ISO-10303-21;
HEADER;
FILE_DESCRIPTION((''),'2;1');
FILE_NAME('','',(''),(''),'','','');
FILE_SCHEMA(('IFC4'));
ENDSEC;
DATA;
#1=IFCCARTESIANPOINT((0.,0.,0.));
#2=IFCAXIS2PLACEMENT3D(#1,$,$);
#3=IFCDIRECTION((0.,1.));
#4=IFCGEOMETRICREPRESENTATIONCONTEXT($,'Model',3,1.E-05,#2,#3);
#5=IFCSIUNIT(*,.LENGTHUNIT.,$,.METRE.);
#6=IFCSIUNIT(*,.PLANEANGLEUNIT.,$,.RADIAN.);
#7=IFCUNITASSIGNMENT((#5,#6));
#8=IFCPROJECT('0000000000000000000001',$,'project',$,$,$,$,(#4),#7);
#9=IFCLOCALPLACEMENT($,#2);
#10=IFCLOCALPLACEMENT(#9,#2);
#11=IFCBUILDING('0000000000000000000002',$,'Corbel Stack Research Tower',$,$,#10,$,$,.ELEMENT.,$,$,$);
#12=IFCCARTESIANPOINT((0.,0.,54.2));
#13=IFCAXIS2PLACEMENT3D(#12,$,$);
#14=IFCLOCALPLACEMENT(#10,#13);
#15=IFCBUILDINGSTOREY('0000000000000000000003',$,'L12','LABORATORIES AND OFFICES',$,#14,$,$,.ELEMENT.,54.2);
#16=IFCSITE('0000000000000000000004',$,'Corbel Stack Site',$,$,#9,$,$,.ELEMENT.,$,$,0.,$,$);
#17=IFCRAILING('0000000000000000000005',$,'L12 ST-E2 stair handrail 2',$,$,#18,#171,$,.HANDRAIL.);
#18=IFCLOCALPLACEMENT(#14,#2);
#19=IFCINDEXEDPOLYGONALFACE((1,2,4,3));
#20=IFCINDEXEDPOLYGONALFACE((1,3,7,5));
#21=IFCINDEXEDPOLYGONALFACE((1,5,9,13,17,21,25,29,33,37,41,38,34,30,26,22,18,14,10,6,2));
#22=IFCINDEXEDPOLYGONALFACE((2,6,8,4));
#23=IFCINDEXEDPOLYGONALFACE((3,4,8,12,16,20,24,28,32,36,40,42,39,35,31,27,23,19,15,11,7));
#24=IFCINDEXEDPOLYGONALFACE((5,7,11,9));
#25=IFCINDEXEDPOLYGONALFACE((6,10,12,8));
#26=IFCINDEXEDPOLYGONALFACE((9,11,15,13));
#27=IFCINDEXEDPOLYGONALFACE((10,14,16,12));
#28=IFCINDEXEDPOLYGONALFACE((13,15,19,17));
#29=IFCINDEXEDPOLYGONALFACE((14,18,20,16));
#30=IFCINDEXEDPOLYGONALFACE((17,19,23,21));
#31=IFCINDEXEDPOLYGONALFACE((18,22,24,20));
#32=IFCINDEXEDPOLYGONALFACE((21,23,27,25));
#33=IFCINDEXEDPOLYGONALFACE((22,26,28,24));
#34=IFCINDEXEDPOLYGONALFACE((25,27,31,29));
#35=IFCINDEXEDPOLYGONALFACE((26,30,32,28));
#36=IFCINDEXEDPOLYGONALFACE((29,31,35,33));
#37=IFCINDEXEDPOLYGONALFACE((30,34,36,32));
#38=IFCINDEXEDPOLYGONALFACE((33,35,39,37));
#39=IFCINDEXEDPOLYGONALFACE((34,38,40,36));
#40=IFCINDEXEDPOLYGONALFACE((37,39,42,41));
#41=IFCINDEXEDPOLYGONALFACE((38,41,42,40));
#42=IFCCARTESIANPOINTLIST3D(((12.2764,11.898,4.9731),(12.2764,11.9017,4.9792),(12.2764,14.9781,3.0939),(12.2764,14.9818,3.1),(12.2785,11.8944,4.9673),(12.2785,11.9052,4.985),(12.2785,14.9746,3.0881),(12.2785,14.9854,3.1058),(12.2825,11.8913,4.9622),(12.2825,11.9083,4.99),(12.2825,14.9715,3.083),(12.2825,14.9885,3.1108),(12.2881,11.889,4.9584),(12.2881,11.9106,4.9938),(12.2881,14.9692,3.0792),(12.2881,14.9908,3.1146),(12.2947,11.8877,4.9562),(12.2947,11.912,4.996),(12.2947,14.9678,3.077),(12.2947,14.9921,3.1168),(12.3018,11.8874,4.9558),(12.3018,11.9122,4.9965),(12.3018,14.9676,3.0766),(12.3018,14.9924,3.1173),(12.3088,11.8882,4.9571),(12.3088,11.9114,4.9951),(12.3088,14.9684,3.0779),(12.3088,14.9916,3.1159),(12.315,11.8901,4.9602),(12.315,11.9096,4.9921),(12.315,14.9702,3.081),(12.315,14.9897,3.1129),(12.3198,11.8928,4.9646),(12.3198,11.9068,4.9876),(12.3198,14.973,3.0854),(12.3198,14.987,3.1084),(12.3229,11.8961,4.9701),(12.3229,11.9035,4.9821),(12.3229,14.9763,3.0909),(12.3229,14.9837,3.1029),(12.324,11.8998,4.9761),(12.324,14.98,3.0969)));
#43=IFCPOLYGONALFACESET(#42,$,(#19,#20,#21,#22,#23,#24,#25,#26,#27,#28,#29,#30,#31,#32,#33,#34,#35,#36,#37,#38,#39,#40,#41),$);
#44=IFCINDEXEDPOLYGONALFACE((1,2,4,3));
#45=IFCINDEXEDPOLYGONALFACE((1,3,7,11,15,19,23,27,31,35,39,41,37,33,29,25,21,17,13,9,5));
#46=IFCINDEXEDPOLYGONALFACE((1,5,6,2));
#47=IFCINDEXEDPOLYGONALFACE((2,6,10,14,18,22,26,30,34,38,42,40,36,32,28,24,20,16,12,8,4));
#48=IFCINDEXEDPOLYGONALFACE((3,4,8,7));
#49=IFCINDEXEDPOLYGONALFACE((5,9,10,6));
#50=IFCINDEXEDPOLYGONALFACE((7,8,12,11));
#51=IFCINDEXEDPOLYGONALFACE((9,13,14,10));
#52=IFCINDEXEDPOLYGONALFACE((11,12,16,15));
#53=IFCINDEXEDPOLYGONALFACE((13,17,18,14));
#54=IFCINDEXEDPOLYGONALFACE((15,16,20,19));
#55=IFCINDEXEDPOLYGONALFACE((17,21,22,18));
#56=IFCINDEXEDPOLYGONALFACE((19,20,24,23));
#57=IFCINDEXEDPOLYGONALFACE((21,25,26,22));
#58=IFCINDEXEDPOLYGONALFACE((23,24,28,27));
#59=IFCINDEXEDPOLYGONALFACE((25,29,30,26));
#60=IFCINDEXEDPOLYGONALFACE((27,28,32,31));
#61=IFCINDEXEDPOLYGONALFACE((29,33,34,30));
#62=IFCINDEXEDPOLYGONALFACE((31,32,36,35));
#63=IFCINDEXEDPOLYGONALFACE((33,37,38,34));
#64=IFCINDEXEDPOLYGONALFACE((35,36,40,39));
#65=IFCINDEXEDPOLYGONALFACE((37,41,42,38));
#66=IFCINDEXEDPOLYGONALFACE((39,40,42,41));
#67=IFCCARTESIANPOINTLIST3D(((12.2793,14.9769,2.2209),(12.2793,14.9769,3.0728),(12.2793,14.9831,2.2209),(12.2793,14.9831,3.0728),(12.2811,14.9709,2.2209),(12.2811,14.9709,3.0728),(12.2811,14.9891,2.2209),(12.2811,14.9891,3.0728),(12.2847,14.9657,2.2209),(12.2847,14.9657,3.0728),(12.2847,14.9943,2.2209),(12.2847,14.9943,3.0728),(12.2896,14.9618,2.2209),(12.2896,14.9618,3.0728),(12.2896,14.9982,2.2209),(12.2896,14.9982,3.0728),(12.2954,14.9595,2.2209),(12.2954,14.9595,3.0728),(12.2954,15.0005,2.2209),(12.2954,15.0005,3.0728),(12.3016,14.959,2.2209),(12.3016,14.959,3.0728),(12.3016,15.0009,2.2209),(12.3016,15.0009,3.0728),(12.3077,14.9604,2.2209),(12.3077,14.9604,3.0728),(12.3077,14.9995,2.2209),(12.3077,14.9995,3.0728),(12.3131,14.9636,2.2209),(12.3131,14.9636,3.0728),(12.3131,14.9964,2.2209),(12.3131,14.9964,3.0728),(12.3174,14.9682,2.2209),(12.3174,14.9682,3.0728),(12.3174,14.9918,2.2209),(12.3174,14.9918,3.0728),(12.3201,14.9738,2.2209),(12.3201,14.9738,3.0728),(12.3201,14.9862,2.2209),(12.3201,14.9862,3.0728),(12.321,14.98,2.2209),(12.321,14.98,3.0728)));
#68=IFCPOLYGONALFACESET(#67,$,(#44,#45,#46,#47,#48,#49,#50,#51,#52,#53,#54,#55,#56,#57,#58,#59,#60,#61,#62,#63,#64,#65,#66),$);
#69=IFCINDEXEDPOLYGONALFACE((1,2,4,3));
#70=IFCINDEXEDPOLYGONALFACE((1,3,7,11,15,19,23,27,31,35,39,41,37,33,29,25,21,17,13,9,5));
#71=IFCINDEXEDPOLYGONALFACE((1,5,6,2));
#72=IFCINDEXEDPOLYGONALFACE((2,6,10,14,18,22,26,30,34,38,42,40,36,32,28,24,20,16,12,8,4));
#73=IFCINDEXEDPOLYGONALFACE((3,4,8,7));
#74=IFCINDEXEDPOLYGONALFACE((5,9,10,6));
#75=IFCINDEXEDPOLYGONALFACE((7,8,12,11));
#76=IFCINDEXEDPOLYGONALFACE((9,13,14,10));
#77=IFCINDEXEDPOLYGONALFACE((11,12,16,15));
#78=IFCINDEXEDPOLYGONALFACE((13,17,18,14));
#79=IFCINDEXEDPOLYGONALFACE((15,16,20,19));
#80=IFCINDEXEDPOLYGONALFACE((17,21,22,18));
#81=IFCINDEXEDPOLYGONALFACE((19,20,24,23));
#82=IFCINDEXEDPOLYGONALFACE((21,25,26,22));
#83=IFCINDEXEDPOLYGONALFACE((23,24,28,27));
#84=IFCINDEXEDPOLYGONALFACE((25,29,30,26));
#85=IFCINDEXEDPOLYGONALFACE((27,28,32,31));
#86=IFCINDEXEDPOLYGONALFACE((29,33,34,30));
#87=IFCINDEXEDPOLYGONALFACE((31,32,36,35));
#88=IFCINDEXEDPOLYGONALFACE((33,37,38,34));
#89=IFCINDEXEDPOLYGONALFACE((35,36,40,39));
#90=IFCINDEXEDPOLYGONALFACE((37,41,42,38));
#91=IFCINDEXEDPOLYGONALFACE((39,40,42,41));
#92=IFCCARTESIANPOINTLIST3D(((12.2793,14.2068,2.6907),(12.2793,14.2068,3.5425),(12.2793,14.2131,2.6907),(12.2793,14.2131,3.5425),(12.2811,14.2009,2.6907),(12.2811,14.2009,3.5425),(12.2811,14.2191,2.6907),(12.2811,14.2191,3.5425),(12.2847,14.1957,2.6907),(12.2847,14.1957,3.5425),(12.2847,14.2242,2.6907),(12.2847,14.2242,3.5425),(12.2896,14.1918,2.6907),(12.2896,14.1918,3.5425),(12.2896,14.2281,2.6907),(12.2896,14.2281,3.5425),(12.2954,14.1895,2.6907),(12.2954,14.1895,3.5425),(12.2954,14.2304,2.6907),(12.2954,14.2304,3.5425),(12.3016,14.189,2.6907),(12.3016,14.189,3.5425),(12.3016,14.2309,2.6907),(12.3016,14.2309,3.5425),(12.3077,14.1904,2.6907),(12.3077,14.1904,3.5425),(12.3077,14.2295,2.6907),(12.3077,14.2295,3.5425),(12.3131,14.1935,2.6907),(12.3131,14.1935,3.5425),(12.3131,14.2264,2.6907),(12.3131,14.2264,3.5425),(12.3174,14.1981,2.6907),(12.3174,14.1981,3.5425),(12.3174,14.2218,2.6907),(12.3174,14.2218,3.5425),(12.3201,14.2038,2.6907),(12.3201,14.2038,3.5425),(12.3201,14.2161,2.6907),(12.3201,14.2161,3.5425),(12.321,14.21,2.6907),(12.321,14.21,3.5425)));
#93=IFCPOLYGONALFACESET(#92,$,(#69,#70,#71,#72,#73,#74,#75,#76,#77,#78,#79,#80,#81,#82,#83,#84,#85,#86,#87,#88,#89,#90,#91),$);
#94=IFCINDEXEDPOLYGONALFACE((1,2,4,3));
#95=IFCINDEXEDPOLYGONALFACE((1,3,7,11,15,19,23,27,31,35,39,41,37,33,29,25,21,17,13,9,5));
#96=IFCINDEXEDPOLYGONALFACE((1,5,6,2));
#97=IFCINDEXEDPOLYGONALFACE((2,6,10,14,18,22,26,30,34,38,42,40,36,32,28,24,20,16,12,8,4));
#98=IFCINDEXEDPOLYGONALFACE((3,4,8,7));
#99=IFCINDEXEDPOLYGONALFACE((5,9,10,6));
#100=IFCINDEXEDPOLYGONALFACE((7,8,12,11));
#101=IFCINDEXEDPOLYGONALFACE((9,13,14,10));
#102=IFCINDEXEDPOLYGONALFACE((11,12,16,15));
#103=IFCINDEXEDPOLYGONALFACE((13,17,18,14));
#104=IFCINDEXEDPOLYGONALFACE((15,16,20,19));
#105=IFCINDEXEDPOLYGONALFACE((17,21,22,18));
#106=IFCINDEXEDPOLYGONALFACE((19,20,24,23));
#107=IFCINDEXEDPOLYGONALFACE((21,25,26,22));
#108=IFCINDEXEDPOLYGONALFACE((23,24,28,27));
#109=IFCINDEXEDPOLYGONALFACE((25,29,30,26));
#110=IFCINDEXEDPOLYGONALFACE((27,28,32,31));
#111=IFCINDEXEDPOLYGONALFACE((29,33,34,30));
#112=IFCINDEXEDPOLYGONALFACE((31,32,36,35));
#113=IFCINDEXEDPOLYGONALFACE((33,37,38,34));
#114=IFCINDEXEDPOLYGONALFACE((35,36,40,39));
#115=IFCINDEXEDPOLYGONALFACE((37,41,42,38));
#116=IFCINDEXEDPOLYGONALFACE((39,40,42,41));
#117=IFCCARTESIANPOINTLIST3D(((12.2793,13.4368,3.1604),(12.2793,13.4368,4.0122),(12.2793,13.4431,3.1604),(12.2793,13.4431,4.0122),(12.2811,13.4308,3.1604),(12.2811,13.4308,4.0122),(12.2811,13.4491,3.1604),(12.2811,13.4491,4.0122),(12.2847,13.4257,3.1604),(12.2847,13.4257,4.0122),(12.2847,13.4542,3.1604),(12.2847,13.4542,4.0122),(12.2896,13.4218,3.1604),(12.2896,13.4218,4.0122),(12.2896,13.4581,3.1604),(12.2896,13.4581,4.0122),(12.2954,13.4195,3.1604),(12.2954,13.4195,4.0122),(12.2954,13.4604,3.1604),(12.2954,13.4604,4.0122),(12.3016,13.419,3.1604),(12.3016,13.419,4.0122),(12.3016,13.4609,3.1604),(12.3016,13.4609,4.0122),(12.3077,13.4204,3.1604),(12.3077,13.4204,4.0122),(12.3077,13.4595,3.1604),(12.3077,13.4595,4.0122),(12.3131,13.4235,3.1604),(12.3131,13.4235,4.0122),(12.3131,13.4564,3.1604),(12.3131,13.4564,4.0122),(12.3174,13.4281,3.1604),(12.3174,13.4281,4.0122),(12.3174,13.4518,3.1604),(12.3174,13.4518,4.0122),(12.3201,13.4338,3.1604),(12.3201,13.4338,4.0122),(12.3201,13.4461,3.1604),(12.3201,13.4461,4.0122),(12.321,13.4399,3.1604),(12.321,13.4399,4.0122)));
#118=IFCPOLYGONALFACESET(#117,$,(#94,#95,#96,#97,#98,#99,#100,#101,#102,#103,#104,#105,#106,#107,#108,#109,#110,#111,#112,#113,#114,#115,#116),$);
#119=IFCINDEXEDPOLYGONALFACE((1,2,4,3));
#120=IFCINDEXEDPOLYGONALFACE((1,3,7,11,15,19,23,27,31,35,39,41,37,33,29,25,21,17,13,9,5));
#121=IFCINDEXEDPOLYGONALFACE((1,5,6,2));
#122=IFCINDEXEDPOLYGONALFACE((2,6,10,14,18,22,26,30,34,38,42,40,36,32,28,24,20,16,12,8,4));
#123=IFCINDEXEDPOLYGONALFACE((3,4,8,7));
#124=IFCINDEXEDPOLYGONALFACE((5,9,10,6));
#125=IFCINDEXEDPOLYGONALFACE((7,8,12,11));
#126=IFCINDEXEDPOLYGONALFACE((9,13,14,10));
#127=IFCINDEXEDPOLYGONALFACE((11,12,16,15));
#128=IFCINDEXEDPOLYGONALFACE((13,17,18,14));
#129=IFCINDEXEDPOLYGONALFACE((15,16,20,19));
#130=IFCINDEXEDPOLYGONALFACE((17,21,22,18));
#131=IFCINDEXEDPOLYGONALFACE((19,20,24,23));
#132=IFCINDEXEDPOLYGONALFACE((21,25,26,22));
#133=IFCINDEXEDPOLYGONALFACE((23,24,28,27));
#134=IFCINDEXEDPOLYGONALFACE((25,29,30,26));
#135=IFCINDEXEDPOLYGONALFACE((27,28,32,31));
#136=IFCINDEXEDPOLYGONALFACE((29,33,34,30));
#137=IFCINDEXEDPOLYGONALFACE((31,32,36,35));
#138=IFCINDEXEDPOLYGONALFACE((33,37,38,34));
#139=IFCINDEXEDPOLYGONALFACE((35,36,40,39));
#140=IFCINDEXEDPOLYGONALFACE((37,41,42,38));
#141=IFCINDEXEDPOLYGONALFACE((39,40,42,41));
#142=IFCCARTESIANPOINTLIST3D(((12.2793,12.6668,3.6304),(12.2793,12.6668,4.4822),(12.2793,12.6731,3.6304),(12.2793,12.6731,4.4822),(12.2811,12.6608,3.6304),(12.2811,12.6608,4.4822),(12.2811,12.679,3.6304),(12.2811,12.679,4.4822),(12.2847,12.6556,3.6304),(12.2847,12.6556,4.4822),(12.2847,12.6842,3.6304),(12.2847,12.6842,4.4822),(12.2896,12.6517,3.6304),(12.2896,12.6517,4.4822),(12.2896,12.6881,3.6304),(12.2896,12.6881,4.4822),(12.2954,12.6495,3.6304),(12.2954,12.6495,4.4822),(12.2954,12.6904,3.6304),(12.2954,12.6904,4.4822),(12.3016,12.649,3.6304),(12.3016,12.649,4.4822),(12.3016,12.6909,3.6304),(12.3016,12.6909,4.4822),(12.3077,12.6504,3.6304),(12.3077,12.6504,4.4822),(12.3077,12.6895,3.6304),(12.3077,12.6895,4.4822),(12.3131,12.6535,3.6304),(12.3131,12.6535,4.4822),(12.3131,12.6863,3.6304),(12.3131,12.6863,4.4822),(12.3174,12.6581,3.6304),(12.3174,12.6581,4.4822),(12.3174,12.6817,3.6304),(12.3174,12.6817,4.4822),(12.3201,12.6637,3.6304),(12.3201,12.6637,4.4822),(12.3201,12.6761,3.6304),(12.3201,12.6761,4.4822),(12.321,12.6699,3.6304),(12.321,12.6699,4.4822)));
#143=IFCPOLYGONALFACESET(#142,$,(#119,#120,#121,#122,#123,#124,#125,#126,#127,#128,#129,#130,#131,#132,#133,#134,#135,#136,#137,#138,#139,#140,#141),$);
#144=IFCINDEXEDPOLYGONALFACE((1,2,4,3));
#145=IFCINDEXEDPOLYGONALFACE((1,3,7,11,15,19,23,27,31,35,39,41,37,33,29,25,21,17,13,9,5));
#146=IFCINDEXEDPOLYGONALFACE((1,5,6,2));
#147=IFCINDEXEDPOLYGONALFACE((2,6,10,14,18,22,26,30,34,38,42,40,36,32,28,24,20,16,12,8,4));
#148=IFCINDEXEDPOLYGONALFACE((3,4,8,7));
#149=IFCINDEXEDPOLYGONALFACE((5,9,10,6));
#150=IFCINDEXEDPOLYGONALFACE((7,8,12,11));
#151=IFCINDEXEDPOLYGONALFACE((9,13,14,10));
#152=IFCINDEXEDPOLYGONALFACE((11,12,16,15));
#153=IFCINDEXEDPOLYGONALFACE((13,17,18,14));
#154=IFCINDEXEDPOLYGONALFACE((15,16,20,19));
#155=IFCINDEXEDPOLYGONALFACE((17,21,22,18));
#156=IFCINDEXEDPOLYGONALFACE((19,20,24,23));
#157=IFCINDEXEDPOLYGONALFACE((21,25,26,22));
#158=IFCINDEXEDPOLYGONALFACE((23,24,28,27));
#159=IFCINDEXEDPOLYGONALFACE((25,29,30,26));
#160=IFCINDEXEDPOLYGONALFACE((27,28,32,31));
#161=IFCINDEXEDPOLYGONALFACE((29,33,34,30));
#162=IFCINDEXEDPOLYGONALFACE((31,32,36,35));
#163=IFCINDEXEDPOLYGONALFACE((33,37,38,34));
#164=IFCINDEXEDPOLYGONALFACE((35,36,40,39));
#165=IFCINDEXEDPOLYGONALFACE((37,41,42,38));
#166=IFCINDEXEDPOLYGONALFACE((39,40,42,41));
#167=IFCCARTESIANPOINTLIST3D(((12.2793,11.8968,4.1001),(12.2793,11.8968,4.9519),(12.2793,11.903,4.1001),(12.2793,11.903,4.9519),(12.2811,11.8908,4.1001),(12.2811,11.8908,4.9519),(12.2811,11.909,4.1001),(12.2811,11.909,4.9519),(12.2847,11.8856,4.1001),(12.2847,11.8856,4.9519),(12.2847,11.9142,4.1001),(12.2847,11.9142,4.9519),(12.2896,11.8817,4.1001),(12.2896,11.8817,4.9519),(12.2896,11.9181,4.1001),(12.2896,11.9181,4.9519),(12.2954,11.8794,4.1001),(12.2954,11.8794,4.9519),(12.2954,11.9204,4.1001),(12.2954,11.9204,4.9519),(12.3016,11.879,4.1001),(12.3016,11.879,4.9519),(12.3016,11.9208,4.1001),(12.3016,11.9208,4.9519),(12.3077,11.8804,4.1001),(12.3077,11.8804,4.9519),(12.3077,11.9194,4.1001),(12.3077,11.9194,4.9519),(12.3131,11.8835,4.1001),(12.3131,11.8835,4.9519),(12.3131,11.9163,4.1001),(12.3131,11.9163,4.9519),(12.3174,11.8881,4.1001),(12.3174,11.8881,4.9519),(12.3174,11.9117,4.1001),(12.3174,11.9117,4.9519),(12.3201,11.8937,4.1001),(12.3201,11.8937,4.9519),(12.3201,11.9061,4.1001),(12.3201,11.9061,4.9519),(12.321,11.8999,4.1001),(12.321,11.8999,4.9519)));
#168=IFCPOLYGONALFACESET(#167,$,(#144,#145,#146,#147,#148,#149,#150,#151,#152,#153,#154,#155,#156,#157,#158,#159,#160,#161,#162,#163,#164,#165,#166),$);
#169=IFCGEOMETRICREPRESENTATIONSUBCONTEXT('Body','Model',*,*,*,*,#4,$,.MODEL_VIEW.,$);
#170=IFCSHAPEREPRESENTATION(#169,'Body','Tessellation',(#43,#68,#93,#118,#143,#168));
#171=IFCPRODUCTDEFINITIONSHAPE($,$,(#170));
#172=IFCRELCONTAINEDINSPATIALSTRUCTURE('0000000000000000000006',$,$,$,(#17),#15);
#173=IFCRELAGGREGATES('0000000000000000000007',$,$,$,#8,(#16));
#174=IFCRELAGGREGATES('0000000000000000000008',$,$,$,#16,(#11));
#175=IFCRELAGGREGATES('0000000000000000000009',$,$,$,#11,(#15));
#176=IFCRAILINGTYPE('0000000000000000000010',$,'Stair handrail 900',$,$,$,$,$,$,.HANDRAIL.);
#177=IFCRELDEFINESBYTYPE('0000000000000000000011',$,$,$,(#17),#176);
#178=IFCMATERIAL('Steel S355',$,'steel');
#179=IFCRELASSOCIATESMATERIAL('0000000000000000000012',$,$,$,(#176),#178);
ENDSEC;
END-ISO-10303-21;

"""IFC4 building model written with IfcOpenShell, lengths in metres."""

from ifc_helpers import new_model, si_unit, direction, frame, origin, origin_2d, place, context, subcontext, project, spatial, circle, extrude, material, type_object, element, save


model = new_model("IFC4")

# Units and contexts
model_context = context("Model", 3, precision=1e-05, world=origin(), true_north=direction((0.0, 1.0)))
body_context = subcontext(model_context, "Body", "Model", "MODEL_VIEW")
ifc_project = project(units=[si_unit("LENGTHUNIT", "METRE"), si_unit("PLANEANGLEUNIT", "RADIAN")], contexts=[model_context])

# Site, building, storey
site_placement = place(None, origin())
site = spatial("IfcSite", under=ifc_project, at=site_placement, Name="Corbel Stack Site", CompositionType="ELEMENT", RefElevation=0.0)
building_placement = place(site_placement, origin())
building = spatial("IfcBuilding", under=site, at=building_placement, Name="Corbel Stack Research Tower", CompositionType="ELEMENT")
storey_placement = place(building_placement, frame((0.0, 0.0, 54.2)))
storey = spatial("IfcBuildingStorey", under=building, at=storey_placement, Name="L12", Description="LABORATORIES AND OFFICES", CompositionType="ELEMENT", Elevation=54.2)

# Railing
ifc_material_1 = material(Name="Steel S355", Category="steel")
railing_type_1 = type_object("IfcRailingType", Name="Stair handrail 900", PredefinedType="HANDRAIL", material=ifc_material_1)
railing_1_placement = place(storey_placement, frame((12.3, 14.98, 2.2209)))
element("IfcRailing", 1, at=railing_1_placement, inside=storey, type_object=railing_type_1, Name="L12 ST-E2 stair handrail 2", PredefinedType="HANDRAIL", context=body_context, shape_type="SweptSolid", body=[
    extrude(circle(Radius=0.0239, at=origin_2d()), frame((0.0, 0.0, 0.876), z_axis=(0.0, -0.853666, 0.52082), x_axis=(1.0, 0.0, 0.0)), (0.0, 0.0, 1.0), 3.6082),
    extrude(circle(Radius=0.021, at=origin_2d()), origin(), (0.0, 0.0, 1.0), 0.8518),
    extrude(circle(Radius=0.021, at=origin_2d()), frame((0.0, -0.77, 0.4697)), (0.0, 0.0, 1.0), 0.8518),
    extrude(circle(Radius=0.021, at=origin_2d()), frame((0.0, -1.54, 0.9395)), (0.0, 0.0, 1.0), 0.8518),
    extrude(circle(Radius=0.021, at=origin_2d()), frame((0.0, -2.3101, 1.4094)), (0.0, 0.0, 1.0), 0.8518),
    extrude(circle(Radius=0.021, at=origin_2d()), frame((0.0, -3.0801, 1.8792)), (0.0, 0.0, 1.0), 0.8518),
])

save(model, "model.ifc")
